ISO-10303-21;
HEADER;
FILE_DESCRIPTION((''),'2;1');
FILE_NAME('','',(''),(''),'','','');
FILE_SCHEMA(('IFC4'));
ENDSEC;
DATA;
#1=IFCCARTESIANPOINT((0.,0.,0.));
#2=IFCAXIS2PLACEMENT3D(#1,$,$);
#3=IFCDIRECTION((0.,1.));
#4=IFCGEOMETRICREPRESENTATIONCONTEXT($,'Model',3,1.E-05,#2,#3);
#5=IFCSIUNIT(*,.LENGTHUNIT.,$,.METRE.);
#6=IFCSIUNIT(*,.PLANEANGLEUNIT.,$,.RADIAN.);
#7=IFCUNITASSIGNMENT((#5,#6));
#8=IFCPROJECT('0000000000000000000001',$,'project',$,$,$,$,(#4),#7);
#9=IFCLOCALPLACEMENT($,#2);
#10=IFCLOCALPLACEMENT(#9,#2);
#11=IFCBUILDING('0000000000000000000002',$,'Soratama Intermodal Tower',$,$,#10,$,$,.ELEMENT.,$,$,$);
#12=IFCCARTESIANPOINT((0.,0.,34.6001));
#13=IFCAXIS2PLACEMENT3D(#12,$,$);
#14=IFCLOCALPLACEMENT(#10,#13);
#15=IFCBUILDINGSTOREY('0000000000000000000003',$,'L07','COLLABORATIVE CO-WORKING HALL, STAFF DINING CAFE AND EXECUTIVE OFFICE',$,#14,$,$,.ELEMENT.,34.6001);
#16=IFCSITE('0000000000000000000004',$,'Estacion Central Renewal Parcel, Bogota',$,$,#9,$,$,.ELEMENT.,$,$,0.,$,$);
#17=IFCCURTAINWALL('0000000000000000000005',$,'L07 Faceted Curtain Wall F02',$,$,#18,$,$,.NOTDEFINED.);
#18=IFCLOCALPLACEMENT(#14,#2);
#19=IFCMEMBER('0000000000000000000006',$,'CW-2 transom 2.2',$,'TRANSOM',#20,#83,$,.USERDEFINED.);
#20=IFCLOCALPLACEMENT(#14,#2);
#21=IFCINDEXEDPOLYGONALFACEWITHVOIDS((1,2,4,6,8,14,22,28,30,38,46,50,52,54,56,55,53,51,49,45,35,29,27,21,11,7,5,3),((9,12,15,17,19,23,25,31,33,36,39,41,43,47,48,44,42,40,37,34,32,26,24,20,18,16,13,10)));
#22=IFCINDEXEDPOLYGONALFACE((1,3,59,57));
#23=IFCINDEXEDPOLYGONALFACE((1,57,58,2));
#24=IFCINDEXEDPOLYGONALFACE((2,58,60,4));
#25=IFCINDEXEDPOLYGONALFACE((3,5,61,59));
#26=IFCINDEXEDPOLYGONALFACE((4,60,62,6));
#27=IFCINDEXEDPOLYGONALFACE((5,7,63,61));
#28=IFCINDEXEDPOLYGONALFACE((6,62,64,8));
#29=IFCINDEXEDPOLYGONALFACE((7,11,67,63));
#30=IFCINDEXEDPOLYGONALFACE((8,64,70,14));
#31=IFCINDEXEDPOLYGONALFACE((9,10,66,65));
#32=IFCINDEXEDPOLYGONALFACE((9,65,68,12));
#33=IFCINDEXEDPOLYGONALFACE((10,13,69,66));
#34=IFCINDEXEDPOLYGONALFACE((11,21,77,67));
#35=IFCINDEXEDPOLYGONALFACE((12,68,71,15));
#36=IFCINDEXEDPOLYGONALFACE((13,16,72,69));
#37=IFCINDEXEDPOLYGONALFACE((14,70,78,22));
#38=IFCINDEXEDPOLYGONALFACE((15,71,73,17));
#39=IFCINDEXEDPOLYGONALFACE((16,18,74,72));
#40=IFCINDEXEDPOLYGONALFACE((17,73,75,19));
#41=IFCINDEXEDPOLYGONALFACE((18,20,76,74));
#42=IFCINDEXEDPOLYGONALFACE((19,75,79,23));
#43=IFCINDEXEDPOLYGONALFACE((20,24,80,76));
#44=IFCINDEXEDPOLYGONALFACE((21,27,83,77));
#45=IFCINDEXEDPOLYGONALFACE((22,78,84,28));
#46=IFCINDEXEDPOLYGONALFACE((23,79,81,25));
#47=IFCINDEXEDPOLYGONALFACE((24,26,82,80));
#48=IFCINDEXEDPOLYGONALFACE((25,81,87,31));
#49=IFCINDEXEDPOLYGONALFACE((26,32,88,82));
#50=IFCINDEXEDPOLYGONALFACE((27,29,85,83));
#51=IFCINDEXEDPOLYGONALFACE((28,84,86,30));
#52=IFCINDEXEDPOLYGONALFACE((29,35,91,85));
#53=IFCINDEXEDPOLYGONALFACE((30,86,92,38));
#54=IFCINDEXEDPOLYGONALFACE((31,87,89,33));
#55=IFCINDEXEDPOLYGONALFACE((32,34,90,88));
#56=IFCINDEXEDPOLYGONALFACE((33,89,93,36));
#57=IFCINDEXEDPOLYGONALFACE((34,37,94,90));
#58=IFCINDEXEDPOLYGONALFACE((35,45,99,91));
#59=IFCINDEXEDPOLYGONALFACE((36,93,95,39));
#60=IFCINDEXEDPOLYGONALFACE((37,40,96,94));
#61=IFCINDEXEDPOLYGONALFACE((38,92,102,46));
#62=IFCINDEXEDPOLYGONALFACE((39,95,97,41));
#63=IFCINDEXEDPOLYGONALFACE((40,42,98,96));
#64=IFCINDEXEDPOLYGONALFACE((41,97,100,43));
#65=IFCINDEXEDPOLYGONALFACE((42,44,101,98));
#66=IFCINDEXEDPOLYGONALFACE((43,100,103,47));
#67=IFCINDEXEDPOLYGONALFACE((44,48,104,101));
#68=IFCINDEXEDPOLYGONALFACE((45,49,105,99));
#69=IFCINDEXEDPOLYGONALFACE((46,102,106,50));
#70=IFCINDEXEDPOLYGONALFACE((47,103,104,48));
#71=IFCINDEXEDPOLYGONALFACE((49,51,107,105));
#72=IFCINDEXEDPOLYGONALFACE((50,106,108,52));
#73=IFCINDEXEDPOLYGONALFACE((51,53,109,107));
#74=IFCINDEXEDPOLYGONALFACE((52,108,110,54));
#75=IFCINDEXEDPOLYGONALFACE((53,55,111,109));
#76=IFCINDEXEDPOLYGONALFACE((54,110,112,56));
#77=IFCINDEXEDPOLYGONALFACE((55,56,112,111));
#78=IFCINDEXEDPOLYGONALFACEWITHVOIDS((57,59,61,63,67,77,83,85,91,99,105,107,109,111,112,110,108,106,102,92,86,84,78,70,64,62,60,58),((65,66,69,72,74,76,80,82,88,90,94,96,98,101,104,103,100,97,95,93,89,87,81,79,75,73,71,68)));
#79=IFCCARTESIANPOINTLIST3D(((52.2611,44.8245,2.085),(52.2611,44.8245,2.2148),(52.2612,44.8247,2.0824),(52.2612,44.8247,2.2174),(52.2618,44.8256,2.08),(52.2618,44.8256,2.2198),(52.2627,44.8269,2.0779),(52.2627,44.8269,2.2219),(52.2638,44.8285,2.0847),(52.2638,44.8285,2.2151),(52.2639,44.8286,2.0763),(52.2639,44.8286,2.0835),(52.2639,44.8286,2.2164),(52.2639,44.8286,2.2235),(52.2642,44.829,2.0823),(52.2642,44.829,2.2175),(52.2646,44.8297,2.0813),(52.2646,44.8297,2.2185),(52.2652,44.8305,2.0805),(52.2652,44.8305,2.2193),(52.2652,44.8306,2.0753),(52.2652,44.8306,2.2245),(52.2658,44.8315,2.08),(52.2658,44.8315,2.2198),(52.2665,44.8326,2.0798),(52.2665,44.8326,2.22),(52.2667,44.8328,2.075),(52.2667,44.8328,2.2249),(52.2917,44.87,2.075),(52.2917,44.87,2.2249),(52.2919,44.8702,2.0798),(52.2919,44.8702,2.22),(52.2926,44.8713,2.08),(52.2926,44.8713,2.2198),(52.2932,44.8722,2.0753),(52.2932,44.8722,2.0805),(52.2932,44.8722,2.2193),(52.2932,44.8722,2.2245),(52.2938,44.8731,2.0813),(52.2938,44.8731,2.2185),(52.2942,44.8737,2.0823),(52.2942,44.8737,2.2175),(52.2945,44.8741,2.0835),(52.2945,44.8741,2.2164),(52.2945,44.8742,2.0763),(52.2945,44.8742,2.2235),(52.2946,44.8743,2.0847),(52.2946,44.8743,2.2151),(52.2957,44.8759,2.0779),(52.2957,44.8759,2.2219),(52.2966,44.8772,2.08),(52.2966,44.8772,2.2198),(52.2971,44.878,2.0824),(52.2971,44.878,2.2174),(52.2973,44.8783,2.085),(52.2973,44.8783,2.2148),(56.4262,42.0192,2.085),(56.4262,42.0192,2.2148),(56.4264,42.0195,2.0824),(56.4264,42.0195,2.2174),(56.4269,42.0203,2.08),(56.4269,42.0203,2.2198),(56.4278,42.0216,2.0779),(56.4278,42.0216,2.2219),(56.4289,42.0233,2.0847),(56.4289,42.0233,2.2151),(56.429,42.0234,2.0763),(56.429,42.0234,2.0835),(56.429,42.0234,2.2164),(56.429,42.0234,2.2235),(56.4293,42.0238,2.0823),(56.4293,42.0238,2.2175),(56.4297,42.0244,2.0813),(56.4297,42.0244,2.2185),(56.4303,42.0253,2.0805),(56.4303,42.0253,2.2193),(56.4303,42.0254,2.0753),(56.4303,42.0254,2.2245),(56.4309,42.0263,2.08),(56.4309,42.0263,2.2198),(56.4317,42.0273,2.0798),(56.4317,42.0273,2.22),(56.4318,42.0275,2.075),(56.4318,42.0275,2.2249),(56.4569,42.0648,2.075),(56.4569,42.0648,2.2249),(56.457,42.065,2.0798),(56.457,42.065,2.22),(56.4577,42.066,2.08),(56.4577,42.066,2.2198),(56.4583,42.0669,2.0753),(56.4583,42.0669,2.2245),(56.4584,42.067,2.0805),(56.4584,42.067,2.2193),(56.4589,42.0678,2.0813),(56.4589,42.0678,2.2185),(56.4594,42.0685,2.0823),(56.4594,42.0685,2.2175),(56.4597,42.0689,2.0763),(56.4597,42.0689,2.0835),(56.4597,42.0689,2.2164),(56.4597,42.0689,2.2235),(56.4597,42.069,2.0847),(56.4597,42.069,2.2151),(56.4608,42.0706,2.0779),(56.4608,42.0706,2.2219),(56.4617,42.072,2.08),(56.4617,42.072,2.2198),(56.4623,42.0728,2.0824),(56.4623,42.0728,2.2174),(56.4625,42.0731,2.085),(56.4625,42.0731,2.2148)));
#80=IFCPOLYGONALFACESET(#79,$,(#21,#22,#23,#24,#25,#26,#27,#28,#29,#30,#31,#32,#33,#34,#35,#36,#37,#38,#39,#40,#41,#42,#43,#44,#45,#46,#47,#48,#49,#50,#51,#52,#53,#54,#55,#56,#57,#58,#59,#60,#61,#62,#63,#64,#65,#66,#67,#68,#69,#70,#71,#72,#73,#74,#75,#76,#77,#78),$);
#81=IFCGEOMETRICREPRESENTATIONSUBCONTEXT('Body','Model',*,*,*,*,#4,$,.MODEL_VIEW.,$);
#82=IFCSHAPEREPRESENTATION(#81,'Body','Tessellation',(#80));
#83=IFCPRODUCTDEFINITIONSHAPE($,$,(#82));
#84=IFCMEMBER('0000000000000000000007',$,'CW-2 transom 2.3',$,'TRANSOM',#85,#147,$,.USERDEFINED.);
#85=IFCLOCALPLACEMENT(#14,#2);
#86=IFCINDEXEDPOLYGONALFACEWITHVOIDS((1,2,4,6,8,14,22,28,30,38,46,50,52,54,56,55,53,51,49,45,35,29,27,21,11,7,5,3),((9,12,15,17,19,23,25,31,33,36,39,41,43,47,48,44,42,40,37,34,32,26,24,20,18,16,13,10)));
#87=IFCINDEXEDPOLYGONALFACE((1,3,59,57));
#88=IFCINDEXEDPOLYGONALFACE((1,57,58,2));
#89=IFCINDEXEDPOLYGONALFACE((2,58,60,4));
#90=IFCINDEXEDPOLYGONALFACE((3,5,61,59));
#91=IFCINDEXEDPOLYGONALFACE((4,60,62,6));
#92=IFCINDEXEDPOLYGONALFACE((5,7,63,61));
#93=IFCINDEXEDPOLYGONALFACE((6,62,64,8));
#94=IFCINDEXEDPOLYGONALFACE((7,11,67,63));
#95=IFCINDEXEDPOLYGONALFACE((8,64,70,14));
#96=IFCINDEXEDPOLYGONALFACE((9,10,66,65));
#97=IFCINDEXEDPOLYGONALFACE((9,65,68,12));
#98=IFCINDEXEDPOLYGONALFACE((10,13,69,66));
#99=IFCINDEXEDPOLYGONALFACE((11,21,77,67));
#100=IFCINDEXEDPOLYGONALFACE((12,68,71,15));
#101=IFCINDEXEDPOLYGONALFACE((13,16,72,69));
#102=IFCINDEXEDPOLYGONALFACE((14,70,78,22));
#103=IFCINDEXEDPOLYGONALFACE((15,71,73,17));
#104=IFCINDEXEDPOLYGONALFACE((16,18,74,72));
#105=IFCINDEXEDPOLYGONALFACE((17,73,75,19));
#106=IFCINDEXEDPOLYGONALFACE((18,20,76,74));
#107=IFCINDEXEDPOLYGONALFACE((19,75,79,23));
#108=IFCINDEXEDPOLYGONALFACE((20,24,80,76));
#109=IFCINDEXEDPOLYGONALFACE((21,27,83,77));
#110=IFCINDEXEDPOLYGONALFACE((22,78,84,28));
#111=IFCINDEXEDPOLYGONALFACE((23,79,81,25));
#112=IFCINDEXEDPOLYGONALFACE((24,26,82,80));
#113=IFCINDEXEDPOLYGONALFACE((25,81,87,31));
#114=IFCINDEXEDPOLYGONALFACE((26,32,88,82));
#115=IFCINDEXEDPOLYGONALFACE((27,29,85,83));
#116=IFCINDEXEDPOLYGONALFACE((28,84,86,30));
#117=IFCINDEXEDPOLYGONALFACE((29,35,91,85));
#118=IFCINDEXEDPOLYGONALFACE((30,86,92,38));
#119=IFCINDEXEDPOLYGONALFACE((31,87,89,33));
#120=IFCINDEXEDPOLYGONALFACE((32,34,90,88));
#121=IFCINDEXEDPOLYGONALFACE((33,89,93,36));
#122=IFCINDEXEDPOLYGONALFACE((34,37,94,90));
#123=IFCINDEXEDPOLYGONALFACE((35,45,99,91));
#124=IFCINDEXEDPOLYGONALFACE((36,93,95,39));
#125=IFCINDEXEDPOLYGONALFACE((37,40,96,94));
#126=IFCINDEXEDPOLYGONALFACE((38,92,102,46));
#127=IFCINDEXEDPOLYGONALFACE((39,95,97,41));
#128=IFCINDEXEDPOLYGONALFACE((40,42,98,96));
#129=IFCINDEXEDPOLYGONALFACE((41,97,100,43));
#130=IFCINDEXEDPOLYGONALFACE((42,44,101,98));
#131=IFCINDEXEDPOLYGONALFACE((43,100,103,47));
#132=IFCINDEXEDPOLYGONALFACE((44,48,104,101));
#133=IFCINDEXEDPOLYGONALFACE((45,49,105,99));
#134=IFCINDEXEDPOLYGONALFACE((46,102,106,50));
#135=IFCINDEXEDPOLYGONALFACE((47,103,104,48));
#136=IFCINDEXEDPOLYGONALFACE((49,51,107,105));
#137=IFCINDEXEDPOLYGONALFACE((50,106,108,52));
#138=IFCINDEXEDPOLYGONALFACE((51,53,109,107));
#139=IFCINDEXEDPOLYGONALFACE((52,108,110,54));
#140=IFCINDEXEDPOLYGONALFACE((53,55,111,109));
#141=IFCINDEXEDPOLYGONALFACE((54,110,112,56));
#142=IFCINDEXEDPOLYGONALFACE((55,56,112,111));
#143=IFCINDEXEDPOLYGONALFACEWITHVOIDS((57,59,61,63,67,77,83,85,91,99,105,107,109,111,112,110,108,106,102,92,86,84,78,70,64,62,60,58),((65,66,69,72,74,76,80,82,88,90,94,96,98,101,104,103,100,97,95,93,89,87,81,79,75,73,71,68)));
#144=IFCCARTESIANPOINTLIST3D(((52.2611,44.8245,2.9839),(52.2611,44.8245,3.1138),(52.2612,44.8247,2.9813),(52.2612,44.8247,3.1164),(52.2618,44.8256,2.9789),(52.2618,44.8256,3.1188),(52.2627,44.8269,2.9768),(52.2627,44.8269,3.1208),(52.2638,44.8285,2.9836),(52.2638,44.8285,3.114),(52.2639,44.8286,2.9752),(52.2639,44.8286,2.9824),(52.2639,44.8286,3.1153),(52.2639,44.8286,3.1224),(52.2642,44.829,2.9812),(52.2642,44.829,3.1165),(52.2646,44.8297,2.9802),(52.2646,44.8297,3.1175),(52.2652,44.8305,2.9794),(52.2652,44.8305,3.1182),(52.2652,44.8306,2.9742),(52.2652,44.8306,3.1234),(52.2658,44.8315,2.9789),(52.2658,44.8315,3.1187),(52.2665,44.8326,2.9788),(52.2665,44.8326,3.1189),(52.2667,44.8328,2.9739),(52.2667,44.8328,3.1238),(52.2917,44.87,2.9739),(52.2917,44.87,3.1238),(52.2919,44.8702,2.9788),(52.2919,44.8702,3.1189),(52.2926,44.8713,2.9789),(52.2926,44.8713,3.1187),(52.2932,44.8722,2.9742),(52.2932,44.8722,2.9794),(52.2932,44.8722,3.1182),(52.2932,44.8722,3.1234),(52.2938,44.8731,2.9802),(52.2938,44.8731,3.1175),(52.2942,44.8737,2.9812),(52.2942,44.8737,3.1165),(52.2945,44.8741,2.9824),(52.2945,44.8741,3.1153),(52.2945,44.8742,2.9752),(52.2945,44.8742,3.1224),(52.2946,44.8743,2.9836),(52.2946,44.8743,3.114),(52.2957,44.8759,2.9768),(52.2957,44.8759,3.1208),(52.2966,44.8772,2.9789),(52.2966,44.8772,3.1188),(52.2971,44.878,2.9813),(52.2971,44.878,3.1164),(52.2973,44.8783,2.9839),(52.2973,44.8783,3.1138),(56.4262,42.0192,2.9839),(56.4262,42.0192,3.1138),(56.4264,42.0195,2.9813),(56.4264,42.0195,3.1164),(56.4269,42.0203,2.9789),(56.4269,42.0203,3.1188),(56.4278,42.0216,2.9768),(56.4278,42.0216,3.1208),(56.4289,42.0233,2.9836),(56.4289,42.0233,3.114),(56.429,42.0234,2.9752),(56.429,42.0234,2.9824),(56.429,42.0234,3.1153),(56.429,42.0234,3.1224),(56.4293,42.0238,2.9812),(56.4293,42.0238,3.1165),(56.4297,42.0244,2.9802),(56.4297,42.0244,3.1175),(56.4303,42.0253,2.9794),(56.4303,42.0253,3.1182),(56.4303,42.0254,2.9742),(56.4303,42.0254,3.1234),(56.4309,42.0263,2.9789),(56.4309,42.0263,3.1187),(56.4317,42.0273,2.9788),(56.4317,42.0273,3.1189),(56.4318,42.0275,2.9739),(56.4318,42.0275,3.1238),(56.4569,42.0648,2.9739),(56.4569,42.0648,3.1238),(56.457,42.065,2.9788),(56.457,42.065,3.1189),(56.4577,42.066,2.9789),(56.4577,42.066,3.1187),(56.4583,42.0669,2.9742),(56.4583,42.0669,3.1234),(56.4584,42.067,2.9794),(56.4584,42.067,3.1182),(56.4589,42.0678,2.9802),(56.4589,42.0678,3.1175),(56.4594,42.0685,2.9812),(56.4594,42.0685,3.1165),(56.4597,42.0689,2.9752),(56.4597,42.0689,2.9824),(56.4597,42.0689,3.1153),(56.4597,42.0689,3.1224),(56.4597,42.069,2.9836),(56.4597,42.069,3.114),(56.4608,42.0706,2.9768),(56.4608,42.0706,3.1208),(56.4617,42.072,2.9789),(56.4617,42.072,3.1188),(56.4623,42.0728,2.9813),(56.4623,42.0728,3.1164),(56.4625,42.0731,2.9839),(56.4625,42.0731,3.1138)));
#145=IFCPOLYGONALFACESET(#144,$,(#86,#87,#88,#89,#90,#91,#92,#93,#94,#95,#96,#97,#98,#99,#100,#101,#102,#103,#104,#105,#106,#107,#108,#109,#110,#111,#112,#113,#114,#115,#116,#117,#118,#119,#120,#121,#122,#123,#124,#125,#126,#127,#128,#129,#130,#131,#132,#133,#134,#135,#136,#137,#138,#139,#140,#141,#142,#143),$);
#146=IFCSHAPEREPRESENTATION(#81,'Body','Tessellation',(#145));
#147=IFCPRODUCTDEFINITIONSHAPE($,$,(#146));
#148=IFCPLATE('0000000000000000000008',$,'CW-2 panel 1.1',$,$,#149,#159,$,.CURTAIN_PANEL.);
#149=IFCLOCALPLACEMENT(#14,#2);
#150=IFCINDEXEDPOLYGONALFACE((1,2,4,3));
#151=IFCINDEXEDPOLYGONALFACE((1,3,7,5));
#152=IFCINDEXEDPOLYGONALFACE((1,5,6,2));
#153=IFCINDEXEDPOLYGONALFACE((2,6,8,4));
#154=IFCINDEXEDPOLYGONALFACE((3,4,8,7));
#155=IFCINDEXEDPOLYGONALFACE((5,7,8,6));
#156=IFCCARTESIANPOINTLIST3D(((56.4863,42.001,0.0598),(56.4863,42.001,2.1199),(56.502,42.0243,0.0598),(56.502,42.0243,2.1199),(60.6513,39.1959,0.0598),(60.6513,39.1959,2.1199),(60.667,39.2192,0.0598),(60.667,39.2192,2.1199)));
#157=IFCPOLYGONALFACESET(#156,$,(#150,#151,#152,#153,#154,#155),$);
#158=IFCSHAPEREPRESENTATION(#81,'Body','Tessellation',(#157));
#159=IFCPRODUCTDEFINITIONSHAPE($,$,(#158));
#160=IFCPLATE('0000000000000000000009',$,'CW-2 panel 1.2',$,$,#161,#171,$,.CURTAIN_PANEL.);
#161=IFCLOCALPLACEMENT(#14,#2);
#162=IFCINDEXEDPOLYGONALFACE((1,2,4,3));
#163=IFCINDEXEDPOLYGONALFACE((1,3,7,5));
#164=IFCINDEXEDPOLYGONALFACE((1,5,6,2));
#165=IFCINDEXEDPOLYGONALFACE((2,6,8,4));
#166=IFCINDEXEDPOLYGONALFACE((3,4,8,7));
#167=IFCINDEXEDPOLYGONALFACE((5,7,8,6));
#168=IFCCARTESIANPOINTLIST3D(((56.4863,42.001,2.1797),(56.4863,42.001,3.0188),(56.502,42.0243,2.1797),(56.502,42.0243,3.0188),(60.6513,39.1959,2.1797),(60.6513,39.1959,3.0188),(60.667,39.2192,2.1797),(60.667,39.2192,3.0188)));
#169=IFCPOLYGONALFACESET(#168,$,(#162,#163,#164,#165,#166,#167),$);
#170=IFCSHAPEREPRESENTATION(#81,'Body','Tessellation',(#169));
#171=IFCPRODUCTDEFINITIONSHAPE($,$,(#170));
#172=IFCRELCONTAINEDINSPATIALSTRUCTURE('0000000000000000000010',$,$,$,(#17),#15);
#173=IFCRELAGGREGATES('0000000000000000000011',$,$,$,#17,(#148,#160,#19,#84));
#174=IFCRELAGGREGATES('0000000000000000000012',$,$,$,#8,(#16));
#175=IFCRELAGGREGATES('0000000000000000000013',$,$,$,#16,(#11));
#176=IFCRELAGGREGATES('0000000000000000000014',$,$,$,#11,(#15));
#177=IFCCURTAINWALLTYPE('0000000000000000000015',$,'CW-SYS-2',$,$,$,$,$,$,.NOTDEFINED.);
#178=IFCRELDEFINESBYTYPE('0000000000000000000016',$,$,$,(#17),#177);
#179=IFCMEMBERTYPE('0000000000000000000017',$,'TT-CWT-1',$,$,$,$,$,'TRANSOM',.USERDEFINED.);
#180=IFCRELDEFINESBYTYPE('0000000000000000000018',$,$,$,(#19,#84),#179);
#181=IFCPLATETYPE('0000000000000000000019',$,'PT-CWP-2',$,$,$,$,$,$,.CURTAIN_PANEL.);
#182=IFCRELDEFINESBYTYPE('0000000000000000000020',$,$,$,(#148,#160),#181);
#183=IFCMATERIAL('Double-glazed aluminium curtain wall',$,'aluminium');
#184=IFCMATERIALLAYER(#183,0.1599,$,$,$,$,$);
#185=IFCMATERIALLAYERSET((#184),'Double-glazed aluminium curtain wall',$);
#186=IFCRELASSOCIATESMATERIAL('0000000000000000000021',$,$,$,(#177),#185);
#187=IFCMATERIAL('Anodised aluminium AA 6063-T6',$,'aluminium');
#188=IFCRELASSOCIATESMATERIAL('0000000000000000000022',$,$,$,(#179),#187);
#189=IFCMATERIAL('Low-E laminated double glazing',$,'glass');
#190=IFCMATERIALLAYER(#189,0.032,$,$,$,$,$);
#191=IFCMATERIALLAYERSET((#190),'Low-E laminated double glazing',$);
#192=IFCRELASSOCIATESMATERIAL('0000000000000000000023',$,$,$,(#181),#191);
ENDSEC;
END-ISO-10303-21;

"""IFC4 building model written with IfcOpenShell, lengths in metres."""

from ifc_helpers import new_model, si_unit, direction, frame, origin, origin_2d, place, context, subcontext, project, spatial, rectangle, hollow_rectangle, extrude, material, layer, layer_set, material_profile, profile_set, type_object, element, aggregate, save


model = new_model("IFC4")

# Units and contexts
model_context = context("Model", 3, precision=1e-05, world=origin(), true_north=direction((0.0, 1.0)))
body_context = subcontext(model_context, "Body", "Model", "MODEL_VIEW")
ifc_project = project(units=[si_unit("LENGTHUNIT", "METRE"), si_unit("PLANEANGLEUNIT", "RADIAN")], contexts=[model_context])

# Site, building, storey
site_placement = place(None, origin())
site = spatial("IfcSite", under=ifc_project, at=site_placement, Name="Estacion Central Renewal Parcel, Bogota", CompositionType="ELEMENT", RefElevation=0.0)
building_placement = place(site_placement, origin())
building = spatial("IfcBuilding", under=site, at=building_placement, Name="Soratama Intermodal Tower", CompositionType="ELEMENT")
storey_placement = place(building_placement, frame((0.0, 0.0, 34.6001)))
storey = spatial("IfcBuildingStorey", under=building, at=storey_placement, Name="L07", Description="COLLABORATIVE CO-WORKING HALL, STAFF DINING CAFE AND EXECUTIVE OFFICE", CompositionType="ELEMENT", Elevation=34.6001)

# Curtain wall, members, plates
ifc_material_1 = material(Name="Double-glazed aluminium curtain wall", Category="aluminium")
ifc_layer_1 = layer(ifc_material_1, 0.1599)
ifc_layer_set_1 = layer_set([ifc_layer_1], Name="Double-glazed aluminium curtain wall")
curtain_wall_type = type_object("IfcCurtainWallType", Name="CW-SYS-2", PredefinedType="NOTDEFINED", material=ifc_layer_set_1)
curtain_wall_placement = place(storey_placement, origin())
curtain_wall = element("IfcCurtainWall", 1, at=curtain_wall_placement, inside=storey, type_object=curtain_wall_type, Name="L07 Faceted Curtain Wall F02", PredefinedType="NOTDEFINED")
ifc_material_2 = material(Name="Anodised aluminium AA 6063-T6", Category="aluminium")
ifc_material_profile_1 = material_profile(ifc_material_2, hollow_rectangle(XDim=0.0649, YDim=0.1499, WallThickness=0.0049, InnerFilletRadius=0.0049, OuterFilletRadius=0.01, at=origin_2d()), Name="CWT150X65X5")
ifc_profile_set_1 = profile_set([ifc_material_profile_1], Name="Anodised aluminium AA 6063-T6")
member_type_1 = type_object("IfcMemberType", Name="TT-CWT-1", ElementType="TRANSOM", PredefinedType="USERDEFINED", material=ifc_profile_set_1)
member_1_placement = place(storey_placement, frame((56.4443, 42.0461, 2.1499), z_axis=(-0.829423, 0.558621, 0.0), x_axis=(-0.558621, -0.829423, 0.0)))
member_1 = element("IfcMember", 2, at=member_1_placement, type_object=member_type_1, Name="CW-2 transom 2.2", ObjectType="TRANSOM", PredefinedType="USERDEFINED", context=body_context, shape_type="SweptSolid", body=[
    extrude(hollow_rectangle(XDim=0.0649, YDim=0.1499, WallThickness=0.0049, InnerFilletRadius=0.0049, OuterFilletRadius=0.01, at=origin_2d()), origin(), (0.0, 0.0, 1.0), 5.0217),
])
member_2_placement = place(storey_placement, frame((56.4443, 42.0461, 3.0488), z_axis=(-0.829423, 0.558621, 0.0), x_axis=(-0.558621, -0.829423, 0.0)))
member_2 = element("IfcMember", 3, at=member_2_placement, type_object=member_type_1, Name="CW-2 transom 2.3", ObjectType="TRANSOM", PredefinedType="USERDEFINED", context=body_context, shape_type="SweptSolid", body=[
    extrude(hollow_rectangle(XDim=0.0649, YDim=0.1499, WallThickness=0.0049, InnerFilletRadius=0.0049, OuterFilletRadius=0.01, at=origin_2d()), origin(), (0.0, 0.0, 1.0), 5.0217),
])
ifc_material_3 = material(Name="Low-E laminated double glazing", Category="glass")
ifc_layer_2 = layer(ifc_material_3, 0.032)
ifc_layer_set_2 = layer_set([ifc_layer_2], Name="Low-E laminated double glazing")
plate_type = type_object("IfcPlateType", Name="PT-CWP-2", PredefinedType="CURTAIN_PANEL", material=ifc_layer_set_2)
plate_1_placement = place(storey_placement, frame((58.5767, 40.6101, 0.0598), z_axis=(0.0, 0.0, 1.0), x_axis=(-0.82943, 0.558611, 0.0)))
plate_1 = element("IfcPlate", 4, at=plate_1_placement, type_object=plate_type, Name="CW-2 panel 1.1", PredefinedType="CURTAIN_PANEL", context=body_context, shape_type="SweptSolid", body=[
    extrude(rectangle(XDim=5.0215, YDim=0.0281, at=origin_2d()), origin(), (0.0, 0.0, 1.0), 2.0601),
])
plate_2_placement = place(storey_placement, frame((58.5767, 40.6101, 2.1797), z_axis=(0.0, 0.0, 1.0), x_axis=(-0.82943, 0.558611, 0.0)))
plate_2 = element("IfcPlate", 5, at=plate_2_placement, type_object=plate_type, Name="CW-2 panel 1.2", PredefinedType="CURTAIN_PANEL", context=body_context, shape_type="SweptSolid", body=[
    extrude(rectangle(XDim=5.0215, YDim=0.0281, at=origin_2d()), origin(), (0.0, 0.0, 1.0), 0.8391),
])
aggregate(curtain_wall, [plate_1, plate_2, member_1, member_2])

save(model, "model.ifc")
